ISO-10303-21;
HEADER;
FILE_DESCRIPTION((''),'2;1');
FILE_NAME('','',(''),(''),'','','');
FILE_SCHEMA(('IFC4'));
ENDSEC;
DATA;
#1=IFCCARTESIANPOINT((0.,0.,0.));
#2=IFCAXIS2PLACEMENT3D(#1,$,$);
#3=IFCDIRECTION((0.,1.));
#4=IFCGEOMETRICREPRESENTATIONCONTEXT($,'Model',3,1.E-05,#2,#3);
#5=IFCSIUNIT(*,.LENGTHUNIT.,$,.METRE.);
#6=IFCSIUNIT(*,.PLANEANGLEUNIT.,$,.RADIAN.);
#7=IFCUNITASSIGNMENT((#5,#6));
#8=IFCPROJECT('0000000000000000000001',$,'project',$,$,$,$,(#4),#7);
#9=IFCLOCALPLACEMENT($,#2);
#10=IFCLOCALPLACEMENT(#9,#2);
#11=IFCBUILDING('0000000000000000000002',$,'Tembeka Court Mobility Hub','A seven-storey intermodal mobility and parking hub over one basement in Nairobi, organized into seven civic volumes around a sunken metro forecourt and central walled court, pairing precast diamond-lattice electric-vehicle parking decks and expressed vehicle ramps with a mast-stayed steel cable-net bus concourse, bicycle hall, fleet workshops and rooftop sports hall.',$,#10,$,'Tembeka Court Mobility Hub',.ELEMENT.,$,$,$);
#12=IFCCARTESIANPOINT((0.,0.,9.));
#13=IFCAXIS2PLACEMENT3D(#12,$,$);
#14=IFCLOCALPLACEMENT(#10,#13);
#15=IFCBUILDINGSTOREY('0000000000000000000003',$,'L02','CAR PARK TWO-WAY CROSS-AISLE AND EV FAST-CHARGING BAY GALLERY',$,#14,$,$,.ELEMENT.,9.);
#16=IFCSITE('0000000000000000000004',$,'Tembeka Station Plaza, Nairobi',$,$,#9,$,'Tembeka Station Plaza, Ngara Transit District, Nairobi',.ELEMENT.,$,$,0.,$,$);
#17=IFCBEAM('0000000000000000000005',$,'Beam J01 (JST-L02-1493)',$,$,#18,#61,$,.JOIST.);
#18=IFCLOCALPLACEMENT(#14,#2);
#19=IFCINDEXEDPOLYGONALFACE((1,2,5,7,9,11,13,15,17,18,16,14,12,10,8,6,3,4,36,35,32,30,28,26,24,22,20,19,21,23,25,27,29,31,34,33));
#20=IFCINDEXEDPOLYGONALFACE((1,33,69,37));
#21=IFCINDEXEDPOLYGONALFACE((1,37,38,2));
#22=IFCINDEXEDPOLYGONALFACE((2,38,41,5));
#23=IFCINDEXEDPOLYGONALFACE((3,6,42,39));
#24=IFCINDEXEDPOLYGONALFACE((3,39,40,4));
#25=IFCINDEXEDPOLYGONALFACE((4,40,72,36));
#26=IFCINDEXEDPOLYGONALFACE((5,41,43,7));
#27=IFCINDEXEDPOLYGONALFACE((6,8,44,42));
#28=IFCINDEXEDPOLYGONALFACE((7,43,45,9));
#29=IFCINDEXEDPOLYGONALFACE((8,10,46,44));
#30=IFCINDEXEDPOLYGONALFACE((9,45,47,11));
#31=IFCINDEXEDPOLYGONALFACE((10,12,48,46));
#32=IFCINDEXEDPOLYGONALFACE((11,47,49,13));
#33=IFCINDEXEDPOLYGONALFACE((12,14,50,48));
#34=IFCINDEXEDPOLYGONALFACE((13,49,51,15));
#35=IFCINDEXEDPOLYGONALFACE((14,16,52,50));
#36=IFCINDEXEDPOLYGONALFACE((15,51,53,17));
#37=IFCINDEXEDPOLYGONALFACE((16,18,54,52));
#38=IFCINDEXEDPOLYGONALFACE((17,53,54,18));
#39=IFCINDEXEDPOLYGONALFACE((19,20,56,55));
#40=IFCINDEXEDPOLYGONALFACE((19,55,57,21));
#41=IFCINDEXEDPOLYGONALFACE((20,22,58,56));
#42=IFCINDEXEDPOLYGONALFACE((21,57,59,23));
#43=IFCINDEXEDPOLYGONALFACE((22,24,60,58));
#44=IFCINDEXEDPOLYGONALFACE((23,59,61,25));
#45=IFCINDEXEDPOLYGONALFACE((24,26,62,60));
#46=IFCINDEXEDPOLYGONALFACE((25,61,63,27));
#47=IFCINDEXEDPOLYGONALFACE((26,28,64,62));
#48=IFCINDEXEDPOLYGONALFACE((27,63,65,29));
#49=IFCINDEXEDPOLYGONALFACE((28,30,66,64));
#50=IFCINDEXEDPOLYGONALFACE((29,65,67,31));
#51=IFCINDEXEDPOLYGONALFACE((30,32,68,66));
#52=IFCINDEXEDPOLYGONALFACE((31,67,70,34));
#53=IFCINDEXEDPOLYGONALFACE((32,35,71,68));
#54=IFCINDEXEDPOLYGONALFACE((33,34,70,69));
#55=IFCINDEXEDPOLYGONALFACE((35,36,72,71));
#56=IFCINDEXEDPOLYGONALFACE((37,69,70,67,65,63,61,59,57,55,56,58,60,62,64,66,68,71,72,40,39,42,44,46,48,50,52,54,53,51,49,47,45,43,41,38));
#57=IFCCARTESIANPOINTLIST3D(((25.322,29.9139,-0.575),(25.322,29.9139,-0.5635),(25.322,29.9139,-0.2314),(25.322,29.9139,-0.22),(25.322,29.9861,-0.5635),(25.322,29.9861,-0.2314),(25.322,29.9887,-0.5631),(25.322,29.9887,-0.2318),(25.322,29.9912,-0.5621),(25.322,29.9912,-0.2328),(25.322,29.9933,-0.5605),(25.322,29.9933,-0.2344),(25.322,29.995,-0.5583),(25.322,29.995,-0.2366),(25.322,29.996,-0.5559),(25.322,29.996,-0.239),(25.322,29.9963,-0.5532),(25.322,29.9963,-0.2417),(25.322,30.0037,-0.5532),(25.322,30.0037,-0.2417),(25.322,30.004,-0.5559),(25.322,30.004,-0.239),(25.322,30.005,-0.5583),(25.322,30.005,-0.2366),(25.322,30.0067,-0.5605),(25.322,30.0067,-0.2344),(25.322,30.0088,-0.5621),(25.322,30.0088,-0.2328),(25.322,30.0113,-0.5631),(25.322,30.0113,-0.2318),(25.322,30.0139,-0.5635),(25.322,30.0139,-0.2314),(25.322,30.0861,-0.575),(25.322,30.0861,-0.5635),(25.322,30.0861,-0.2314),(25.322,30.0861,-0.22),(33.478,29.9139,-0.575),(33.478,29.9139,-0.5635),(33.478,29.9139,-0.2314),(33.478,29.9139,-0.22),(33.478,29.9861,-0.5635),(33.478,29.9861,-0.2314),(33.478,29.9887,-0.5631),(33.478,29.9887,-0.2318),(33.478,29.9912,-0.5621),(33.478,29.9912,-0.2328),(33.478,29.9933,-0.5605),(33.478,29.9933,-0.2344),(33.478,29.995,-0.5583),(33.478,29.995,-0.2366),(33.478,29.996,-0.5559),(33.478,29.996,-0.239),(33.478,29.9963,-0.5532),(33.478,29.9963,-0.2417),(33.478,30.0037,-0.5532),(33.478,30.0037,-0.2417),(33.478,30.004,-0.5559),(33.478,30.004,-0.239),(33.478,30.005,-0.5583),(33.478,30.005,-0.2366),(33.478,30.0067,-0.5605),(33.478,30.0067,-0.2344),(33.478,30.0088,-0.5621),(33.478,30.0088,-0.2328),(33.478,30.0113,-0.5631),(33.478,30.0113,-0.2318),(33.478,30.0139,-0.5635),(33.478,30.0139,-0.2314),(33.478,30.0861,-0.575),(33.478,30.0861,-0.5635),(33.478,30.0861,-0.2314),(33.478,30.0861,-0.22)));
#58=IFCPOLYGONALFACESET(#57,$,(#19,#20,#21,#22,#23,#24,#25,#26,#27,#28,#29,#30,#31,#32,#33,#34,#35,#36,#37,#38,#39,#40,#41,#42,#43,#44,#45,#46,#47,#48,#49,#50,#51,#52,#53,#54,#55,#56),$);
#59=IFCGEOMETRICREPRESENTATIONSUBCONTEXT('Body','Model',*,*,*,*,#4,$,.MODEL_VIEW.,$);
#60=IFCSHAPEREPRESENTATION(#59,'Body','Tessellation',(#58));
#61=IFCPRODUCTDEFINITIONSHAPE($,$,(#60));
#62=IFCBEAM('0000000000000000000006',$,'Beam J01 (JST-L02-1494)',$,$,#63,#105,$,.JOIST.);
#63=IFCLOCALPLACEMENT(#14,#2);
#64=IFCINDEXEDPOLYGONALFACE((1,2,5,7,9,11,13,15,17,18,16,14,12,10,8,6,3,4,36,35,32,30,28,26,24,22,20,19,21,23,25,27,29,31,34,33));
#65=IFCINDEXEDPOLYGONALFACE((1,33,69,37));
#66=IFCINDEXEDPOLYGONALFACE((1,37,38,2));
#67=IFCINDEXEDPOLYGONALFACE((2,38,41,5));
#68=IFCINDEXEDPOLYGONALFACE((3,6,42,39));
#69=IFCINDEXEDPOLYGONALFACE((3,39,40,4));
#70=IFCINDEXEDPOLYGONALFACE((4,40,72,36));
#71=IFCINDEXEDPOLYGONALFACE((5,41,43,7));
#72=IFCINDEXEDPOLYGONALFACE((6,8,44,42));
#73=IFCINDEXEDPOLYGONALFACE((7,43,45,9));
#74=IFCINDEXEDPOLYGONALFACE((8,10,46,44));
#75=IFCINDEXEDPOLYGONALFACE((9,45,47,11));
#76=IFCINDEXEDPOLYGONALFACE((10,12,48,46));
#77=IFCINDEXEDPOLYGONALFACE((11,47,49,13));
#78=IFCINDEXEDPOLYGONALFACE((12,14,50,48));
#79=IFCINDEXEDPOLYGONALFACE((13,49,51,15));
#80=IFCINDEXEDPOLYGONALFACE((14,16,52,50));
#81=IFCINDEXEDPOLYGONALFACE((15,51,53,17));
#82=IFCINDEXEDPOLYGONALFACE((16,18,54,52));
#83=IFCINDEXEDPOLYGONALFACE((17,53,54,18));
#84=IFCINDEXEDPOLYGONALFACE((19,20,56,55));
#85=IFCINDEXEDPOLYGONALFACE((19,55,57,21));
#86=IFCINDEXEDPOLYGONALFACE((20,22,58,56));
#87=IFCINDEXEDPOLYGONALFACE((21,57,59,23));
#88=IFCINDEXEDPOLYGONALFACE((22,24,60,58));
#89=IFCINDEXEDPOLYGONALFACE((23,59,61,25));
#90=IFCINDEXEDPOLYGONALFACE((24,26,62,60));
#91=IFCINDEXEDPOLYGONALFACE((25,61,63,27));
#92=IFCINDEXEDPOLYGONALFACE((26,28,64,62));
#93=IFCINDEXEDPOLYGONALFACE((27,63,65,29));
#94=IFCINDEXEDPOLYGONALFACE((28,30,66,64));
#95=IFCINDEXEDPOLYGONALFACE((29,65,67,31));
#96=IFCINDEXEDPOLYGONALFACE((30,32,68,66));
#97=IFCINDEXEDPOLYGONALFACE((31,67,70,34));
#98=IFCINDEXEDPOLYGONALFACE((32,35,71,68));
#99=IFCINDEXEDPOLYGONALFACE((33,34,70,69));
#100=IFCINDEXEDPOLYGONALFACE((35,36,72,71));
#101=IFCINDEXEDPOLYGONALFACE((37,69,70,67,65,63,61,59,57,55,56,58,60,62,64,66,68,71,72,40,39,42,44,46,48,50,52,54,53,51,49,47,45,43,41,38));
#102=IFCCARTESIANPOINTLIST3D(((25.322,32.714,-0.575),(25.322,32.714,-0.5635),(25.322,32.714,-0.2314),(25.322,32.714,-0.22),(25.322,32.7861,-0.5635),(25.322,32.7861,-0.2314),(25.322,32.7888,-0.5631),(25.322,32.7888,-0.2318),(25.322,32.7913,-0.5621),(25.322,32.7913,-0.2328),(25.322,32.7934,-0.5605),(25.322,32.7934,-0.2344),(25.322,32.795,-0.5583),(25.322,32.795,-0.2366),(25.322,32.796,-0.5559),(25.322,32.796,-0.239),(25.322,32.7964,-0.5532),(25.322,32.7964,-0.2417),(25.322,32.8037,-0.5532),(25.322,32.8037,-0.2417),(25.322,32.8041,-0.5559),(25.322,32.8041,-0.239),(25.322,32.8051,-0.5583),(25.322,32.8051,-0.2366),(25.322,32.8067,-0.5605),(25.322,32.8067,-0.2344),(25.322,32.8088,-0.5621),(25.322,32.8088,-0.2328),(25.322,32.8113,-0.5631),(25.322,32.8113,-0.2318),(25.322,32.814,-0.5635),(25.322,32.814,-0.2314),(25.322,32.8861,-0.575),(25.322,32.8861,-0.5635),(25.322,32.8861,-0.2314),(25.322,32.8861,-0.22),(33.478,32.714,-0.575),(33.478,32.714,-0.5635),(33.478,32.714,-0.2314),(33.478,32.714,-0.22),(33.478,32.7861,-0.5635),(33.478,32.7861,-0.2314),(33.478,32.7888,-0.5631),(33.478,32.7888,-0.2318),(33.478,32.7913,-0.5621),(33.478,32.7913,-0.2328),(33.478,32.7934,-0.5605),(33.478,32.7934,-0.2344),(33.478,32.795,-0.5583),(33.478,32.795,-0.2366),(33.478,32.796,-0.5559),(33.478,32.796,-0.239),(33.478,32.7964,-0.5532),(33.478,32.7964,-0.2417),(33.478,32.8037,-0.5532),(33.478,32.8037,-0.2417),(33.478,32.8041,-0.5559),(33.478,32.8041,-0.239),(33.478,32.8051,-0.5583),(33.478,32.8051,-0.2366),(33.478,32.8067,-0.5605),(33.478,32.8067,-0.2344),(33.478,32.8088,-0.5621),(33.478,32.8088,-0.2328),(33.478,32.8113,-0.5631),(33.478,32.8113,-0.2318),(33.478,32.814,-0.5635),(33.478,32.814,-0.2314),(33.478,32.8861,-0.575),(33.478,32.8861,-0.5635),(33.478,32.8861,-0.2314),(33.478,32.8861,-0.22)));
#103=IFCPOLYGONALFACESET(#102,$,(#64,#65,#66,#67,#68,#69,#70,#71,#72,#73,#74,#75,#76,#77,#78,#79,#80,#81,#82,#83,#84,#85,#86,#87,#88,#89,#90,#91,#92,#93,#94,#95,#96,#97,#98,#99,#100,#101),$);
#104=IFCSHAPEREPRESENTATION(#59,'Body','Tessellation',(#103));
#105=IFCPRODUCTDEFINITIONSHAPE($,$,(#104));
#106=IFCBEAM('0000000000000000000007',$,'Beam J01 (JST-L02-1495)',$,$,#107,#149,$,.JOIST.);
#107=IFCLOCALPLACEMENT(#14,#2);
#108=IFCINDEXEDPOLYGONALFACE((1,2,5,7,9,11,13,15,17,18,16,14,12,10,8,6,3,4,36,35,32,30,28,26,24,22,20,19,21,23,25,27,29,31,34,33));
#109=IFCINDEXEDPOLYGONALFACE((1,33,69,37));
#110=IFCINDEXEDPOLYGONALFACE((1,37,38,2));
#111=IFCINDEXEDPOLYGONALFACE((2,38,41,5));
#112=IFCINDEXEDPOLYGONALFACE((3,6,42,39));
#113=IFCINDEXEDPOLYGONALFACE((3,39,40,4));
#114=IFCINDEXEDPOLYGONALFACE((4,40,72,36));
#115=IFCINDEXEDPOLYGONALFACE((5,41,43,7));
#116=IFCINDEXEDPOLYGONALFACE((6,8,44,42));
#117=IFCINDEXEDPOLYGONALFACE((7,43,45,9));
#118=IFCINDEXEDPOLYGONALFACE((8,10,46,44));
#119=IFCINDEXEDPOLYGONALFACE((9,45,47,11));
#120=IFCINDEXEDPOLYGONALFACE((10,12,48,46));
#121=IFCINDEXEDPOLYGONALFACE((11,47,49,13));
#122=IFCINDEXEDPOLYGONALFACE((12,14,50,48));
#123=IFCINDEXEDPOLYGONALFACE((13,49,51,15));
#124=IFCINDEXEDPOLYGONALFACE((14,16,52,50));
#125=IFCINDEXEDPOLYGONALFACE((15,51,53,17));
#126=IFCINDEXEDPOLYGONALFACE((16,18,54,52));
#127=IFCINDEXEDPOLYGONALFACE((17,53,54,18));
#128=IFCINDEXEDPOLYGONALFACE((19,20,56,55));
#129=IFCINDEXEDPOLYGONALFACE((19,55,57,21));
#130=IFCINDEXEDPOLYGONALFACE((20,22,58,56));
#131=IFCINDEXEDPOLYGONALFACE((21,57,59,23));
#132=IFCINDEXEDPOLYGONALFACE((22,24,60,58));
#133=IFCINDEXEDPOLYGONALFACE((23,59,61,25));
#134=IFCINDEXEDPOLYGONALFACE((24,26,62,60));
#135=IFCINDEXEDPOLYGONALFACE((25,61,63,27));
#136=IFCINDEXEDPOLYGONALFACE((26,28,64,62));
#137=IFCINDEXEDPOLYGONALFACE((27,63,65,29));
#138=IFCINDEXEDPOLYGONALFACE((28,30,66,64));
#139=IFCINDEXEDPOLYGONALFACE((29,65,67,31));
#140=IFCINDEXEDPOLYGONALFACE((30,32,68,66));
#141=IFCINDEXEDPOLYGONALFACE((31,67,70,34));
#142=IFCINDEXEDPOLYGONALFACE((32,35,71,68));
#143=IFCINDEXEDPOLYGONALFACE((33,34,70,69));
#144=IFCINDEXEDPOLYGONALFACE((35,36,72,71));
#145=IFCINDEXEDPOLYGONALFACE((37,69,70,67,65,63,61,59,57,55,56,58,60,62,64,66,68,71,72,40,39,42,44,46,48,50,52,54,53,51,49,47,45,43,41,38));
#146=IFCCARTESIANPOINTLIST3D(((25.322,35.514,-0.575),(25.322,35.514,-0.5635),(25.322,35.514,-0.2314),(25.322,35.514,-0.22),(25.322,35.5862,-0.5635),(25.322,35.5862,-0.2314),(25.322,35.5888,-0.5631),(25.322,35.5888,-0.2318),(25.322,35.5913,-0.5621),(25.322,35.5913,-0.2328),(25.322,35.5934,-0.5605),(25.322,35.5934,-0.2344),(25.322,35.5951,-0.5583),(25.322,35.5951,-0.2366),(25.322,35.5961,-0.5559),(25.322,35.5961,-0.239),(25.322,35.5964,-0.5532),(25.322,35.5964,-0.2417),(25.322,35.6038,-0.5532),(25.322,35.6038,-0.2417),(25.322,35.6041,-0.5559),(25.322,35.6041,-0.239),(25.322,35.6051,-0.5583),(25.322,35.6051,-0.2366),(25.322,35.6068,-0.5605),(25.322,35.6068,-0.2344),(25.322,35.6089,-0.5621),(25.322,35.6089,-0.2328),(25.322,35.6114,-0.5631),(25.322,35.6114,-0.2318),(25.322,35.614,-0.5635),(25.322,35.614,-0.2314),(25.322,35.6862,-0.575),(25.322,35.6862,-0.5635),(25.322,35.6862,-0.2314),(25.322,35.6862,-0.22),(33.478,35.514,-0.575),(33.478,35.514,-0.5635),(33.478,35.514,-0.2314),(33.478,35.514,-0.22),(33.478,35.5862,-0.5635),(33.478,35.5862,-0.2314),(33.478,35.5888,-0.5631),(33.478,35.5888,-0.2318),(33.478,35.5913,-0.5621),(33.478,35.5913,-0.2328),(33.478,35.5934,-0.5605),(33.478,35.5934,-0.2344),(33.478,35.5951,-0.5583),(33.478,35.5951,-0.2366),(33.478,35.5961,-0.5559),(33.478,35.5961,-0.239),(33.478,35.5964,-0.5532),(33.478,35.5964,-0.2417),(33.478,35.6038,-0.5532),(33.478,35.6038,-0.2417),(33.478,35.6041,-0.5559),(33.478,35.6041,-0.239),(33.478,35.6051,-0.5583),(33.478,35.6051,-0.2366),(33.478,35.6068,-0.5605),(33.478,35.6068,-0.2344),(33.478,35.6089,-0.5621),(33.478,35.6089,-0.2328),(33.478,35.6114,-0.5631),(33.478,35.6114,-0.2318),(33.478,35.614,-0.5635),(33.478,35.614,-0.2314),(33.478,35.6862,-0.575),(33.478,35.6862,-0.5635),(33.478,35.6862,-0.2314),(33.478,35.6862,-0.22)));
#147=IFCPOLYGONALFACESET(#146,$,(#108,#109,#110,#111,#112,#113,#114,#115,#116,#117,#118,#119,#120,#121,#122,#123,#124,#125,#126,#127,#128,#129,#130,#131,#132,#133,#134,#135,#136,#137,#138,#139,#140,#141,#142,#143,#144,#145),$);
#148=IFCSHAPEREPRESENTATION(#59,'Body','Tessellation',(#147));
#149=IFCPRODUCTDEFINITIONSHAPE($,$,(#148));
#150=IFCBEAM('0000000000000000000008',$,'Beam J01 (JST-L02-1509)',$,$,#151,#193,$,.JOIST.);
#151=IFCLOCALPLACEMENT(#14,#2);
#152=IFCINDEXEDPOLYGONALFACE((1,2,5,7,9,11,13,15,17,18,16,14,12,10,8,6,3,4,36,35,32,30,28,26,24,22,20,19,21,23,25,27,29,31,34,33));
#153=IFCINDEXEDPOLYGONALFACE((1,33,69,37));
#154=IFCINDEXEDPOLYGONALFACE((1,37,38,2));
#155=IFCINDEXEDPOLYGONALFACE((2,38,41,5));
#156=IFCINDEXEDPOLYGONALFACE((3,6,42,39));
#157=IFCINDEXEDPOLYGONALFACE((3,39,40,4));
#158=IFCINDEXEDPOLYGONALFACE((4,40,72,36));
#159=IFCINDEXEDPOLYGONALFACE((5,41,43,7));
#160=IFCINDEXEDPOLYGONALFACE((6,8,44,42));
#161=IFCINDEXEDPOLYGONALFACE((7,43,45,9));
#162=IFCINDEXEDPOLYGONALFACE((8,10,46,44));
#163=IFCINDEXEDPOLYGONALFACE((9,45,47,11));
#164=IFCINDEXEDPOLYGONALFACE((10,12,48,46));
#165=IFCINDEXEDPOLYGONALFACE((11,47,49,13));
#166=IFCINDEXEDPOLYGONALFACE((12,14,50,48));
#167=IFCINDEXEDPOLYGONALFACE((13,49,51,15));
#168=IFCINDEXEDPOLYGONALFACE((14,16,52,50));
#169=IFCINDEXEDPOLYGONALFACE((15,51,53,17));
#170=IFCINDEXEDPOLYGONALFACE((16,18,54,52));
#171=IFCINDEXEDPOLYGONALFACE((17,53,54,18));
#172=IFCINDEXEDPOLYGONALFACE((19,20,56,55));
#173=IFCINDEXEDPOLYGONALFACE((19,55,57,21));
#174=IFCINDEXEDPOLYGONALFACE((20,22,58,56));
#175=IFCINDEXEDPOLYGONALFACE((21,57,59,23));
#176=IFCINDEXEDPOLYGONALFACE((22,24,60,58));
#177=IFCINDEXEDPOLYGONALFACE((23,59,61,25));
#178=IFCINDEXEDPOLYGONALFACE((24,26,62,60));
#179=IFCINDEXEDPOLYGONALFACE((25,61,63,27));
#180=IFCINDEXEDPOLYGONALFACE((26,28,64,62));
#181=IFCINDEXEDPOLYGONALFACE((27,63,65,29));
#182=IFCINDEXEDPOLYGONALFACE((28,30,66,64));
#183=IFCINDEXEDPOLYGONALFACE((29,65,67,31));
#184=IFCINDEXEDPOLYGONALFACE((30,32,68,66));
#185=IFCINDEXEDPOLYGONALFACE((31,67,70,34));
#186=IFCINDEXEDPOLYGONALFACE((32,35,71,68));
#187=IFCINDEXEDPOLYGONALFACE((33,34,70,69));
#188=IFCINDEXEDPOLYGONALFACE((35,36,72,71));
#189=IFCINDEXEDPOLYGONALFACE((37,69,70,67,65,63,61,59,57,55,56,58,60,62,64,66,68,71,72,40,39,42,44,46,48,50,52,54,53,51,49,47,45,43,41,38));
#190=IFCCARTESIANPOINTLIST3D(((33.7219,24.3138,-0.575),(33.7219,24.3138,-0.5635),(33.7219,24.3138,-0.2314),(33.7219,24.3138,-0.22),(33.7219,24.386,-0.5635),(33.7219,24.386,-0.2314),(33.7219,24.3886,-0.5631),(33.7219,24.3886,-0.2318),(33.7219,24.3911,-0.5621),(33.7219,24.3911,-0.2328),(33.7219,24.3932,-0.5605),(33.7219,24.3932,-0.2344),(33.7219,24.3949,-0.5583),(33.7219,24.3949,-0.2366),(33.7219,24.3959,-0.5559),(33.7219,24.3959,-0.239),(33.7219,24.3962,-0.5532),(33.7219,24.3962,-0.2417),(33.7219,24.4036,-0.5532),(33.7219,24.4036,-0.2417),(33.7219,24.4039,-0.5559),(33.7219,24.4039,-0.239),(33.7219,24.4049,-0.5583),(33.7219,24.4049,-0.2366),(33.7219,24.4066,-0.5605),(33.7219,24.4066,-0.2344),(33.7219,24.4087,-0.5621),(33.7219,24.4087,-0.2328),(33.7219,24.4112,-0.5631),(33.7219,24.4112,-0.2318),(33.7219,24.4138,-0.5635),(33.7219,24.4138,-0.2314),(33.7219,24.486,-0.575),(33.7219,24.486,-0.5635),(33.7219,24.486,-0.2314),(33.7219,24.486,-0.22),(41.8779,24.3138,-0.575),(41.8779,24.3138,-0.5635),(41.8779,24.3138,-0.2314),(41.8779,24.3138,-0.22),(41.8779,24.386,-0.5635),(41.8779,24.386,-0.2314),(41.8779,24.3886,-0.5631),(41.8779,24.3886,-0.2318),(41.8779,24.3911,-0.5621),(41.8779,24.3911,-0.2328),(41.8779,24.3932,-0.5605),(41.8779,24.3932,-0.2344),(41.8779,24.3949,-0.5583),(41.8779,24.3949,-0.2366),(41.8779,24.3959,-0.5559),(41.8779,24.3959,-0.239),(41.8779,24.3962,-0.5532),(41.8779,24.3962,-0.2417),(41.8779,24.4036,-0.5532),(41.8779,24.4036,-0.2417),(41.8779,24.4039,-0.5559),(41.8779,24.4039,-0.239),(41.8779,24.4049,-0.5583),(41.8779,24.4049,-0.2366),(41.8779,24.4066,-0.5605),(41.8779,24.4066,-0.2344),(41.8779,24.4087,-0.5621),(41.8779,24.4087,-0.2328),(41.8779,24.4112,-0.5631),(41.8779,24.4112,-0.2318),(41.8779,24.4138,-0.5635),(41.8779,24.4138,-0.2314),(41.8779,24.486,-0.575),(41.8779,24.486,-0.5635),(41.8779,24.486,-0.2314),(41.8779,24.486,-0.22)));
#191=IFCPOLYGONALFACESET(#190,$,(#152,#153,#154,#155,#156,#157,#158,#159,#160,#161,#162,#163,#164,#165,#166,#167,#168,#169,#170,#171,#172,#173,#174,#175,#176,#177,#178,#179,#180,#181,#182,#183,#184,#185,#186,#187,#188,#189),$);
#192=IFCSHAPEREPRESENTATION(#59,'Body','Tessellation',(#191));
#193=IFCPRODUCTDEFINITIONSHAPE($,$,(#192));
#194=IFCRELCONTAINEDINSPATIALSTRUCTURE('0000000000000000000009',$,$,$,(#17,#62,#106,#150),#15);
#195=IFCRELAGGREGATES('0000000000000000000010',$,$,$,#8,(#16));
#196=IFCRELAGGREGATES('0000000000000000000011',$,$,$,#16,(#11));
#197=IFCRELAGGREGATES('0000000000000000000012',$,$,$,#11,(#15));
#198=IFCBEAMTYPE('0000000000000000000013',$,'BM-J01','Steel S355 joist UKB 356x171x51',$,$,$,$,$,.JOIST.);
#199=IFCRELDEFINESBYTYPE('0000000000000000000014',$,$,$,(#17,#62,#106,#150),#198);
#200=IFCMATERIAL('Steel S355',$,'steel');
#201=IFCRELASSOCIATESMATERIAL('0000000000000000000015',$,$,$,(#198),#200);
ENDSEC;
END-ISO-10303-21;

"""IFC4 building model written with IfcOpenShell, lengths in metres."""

from ifc_helpers import new_model, si_unit, direction, frame, origin, origin_2d, place, context, subcontext, project, spatial, i_section, extrude, material, material_profile, profile_set, type_object, element, save


model = new_model("IFC4")

# Units and contexts
model_context = context("Model", 3, precision=1e-05, world=origin(), true_north=direction((0.0, 1.0)))
body_context = subcontext(model_context, "Body", "Model", "MODEL_VIEW")
ifc_project = project(units=[si_unit("LENGTHUNIT", "METRE"), si_unit("PLANEANGLEUNIT", "RADIAN")], contexts=[model_context])

# Site, building, storey
site_placement = place(None, origin())
site = spatial("IfcSite", under=ifc_project, at=site_placement, Name="Tembeka Station Plaza, Nairobi", LongName="Tembeka Station Plaza, Ngara Transit District, Nairobi", CompositionType="ELEMENT", RefElevation=0.0)
building_placement = place(site_placement, origin())
building = spatial("IfcBuilding", under=site, at=building_placement, Name="Tembeka Court Mobility Hub", Description="A seven-storey intermodal mobility and parking hub over one basement in Nairobi, organized into seven civic volumes around a sunken metro forecourt and central walled court, pairing precast diamond-lattice electric-vehicle parking decks and expressed vehicle ramps with a mast-stayed steel cable-net bus concourse, bicycle hall, fleet workshops and rooftop sports hall.", LongName="Tembeka Court Mobility Hub", CompositionType="ELEMENT")
storey_placement = place(building_placement, frame((0.0, 0.0, 9.0)))
storey = spatial("IfcBuildingStorey", under=building, at=storey_placement, Name="L02", Description="CAR PARK TWO-WAY CROSS-AISLE AND EV FAST-CHARGING BAY GALLERY", CompositionType="ELEMENT", Elevation=9.0)

# Shared definitions
ifc_material_1 = material(Name="Steel S355", Category="steel")

# Beams
ifc_material_profile_1 = material_profile(ifc_material_1, i_section(OverallWidth=0.1721, OverallDepth=0.355, WebThickness=0.0073, FlangeThickness=0.0115, FilletRadius=0.0103, at=origin_2d()), Name="UKB 356x171x51")
ifc_profile_set_1 = profile_set([ifc_material_profile_1], Name="Steel S355")
beam_type_1 = type_object("IfcBeamType", Name="BM-J01", Description="Steel S355 joist UKB 356x171x51", PredefinedType="JOIST", material=ifc_profile_set_1)
for number, where, z_axis, x_axis, name in (
    (1, (25.322, 30.0, -0.3975), (1.0, 0.0, 0.0), (0.0, 1.0, 0.0), "Beam J01 (JST-L02-1493)"),
    (2, (25.322, 32.8, -0.3975), (1.0, 0.0, 0.0), (0.0, 1.0, 0.0), "Beam J01 (JST-L02-1494)"),
    (3, (25.322, 35.6001, -0.3975), (1.0, 0.0, 0.0), (0.0, 1.0, 0.0), "Beam J01 (JST-L02-1495)"),
    (4, (33.7219, 24.3999, -0.3975), (1.0, 0.0, 0.0), (0.0, 1.0, 0.0), "Beam J01 (JST-L02-1509)"),
):
    element("IfcBeam", number, at=place(storey_placement, frame(where, z_axis=z_axis, x_axis=x_axis)), inside=storey, type_object=beam_type_1, Name=name, PredefinedType="JOIST", context=body_context, shape_type="SweptSolid", body=[
        extrude(i_section(OverallWidth=0.1721, OverallDepth=0.355, WebThickness=0.0073, FlangeThickness=0.0115, FilletRadius=0.0103, at=origin_2d()), origin(), (0.0, 0.0, 1.0), 8.156),
    ])

save(model, "model.ifc")
